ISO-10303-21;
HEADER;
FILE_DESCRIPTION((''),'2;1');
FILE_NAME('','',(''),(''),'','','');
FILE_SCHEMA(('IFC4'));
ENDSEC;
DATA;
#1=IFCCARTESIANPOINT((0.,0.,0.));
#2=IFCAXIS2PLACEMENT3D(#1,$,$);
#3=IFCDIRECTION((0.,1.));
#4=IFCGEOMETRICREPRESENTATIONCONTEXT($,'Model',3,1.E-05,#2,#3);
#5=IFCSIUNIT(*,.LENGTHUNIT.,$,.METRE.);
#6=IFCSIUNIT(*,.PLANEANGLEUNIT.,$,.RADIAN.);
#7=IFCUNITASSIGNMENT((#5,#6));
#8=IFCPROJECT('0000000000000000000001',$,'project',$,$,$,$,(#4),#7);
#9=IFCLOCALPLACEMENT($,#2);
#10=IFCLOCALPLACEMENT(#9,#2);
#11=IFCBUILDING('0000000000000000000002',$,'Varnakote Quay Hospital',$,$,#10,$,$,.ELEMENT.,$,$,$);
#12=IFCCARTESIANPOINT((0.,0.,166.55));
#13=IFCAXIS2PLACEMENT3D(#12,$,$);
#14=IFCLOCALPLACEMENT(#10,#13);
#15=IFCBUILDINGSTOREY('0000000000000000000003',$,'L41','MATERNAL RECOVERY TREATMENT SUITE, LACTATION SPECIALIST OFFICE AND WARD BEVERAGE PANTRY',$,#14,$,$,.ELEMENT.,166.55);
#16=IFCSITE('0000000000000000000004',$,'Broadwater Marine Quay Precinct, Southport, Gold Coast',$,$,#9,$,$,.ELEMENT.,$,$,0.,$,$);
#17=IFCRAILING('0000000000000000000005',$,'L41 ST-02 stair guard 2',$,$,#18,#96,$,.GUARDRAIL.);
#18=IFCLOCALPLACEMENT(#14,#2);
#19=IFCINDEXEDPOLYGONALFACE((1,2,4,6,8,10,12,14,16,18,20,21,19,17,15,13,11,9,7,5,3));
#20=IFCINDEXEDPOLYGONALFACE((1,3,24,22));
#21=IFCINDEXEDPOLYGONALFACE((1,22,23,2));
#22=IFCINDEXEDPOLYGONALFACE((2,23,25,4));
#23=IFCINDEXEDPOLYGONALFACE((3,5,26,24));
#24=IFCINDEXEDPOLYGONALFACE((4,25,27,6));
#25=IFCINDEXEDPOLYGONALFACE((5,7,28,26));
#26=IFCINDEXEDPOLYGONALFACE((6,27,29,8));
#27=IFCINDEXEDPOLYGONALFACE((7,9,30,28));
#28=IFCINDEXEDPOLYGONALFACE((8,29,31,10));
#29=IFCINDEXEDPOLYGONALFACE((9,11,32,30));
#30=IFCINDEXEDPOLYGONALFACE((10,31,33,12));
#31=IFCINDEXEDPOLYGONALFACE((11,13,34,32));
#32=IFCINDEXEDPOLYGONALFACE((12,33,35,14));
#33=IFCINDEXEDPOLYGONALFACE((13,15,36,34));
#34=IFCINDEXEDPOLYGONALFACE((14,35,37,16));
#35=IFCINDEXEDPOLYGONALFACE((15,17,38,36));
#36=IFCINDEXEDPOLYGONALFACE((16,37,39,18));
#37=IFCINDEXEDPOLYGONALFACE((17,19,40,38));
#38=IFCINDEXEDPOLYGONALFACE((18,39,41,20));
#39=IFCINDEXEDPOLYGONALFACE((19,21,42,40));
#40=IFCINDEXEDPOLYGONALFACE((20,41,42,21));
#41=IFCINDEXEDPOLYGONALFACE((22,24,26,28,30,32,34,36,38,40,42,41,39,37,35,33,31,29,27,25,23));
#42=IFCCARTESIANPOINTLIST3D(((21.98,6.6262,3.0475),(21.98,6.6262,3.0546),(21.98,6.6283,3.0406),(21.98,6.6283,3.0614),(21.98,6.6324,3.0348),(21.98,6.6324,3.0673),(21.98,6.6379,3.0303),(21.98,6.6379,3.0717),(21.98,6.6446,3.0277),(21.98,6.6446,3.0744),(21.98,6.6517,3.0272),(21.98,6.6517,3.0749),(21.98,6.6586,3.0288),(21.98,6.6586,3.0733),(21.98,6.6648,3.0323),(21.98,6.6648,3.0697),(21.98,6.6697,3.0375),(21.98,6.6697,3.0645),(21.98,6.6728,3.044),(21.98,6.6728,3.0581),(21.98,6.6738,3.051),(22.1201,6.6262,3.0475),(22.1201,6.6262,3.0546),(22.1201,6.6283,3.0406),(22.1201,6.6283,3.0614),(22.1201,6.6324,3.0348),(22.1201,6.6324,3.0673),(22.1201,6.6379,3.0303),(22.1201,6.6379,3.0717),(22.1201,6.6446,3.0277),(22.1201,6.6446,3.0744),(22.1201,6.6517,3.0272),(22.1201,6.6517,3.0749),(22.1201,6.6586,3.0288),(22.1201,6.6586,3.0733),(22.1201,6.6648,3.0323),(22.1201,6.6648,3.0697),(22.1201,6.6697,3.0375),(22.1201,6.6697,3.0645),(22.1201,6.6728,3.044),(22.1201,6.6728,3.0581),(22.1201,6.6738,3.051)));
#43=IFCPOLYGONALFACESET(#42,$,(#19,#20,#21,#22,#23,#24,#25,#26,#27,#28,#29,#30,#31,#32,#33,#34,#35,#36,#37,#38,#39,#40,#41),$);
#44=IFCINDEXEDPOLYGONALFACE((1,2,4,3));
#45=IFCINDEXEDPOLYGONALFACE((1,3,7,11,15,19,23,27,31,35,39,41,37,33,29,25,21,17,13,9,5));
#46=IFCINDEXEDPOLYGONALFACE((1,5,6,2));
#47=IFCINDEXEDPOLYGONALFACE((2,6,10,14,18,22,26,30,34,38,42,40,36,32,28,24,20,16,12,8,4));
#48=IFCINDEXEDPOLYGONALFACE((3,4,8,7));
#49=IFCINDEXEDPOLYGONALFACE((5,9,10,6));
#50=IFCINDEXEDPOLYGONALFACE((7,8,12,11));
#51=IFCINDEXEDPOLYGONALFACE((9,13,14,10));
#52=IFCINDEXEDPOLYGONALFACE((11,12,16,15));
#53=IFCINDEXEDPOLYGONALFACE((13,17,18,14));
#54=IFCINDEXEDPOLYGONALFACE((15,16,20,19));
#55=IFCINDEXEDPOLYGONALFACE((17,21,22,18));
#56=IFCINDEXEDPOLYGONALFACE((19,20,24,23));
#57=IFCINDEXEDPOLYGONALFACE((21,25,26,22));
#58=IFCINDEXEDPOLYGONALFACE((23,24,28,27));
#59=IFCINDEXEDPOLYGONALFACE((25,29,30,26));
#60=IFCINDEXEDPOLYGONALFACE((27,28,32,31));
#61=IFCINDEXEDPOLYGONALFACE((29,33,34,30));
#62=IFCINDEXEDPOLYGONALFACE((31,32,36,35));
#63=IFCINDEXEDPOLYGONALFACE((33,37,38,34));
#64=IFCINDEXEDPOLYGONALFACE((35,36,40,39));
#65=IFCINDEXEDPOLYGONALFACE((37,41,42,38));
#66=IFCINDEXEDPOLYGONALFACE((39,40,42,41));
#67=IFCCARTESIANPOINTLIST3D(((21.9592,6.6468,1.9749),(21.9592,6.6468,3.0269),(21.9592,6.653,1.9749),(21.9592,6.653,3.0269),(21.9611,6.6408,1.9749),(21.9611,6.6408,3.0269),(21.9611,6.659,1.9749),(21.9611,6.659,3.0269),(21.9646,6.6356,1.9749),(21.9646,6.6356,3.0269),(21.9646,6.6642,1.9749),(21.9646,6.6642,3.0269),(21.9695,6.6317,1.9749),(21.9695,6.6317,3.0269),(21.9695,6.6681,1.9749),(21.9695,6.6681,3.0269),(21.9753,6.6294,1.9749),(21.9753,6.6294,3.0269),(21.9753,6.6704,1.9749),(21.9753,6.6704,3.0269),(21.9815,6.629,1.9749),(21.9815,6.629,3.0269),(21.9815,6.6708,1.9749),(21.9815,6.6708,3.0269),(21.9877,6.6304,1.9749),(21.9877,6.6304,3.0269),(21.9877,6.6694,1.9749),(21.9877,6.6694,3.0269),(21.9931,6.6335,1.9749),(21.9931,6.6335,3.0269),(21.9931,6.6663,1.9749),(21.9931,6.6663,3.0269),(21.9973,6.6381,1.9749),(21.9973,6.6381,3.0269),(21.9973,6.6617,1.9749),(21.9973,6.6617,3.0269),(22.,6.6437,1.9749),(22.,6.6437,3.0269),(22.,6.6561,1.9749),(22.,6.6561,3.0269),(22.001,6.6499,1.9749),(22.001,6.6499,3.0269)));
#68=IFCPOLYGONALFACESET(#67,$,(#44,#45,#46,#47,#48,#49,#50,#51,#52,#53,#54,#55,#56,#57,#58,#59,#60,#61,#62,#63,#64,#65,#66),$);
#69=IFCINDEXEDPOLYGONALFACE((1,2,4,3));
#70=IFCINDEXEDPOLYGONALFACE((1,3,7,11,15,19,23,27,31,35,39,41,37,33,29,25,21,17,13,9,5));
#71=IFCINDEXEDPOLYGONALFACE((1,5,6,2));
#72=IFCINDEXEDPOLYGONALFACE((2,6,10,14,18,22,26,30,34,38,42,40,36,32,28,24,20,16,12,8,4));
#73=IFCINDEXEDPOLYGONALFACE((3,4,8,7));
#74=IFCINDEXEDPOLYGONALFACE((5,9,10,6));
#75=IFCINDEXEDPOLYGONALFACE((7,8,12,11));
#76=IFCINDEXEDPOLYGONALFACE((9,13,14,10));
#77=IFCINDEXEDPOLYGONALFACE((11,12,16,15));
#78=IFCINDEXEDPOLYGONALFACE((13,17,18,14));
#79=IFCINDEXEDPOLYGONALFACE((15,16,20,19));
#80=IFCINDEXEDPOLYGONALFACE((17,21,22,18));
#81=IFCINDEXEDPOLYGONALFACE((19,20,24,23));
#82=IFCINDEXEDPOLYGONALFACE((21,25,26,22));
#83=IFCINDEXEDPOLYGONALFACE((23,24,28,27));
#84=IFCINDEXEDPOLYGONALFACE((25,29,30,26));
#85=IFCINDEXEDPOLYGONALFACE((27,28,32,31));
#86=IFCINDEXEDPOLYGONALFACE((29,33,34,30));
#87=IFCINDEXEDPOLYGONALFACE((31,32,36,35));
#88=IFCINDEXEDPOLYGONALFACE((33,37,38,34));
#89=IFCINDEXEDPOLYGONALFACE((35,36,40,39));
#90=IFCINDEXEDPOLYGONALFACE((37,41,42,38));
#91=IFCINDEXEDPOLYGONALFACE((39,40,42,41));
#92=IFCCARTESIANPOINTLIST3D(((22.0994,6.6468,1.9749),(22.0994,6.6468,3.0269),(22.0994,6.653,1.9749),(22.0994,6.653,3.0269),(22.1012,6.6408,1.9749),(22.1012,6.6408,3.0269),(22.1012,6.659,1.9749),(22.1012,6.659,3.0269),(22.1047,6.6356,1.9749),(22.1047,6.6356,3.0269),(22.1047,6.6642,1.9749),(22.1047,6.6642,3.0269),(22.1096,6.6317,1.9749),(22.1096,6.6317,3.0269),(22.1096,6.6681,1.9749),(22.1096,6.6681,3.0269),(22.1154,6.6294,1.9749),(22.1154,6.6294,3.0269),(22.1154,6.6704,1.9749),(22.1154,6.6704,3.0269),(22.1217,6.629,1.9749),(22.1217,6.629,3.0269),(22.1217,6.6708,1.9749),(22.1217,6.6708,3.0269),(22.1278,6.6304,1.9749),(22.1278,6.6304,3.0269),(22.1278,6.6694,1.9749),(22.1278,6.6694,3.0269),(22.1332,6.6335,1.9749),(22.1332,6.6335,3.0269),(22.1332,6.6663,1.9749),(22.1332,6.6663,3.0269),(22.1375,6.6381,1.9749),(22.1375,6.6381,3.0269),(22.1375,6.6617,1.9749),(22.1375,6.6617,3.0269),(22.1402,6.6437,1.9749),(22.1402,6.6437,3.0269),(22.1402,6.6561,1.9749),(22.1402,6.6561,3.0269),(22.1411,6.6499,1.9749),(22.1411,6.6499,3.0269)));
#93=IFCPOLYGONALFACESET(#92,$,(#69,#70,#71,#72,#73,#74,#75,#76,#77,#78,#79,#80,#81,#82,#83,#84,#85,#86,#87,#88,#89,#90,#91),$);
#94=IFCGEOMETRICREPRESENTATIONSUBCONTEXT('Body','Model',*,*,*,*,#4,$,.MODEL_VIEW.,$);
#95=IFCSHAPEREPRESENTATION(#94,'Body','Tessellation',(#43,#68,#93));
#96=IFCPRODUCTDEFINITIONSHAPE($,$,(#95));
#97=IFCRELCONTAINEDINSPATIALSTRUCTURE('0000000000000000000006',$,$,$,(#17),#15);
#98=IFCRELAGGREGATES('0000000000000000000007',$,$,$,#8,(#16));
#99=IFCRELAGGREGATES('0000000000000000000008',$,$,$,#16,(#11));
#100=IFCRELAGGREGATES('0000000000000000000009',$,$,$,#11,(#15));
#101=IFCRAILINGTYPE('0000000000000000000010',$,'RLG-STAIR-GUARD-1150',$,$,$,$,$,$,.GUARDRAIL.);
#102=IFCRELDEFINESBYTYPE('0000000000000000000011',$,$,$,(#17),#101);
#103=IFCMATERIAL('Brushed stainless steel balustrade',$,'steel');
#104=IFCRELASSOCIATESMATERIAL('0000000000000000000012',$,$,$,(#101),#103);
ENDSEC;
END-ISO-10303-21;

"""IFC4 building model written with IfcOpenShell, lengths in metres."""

from ifc_helpers import new_model, si_unit, direction, frame, origin, origin_2d, place, context, subcontext, project, spatial, circle, extrude, material, type_object, element, save


model = new_model("IFC4")

# Units and contexts
model_context = context("Model", 3, precision=1e-05, world=origin(), true_north=direction((0.0, 1.0)))
body_context = subcontext(model_context, "Body", "Model", "MODEL_VIEW")
ifc_project = project(units=[si_unit("LENGTHUNIT", "METRE"), si_unit("PLANEANGLEUNIT", "RADIAN")], contexts=[model_context])

# Site, building, storey
site_placement = place(None, origin())
site = spatial("IfcSite", under=ifc_project, at=site_placement, Name="Broadwater Marine Quay Precinct, Southport, Gold Coast", CompositionType="ELEMENT", RefElevation=0.0)
building_placement = place(site_placement, origin())
building = spatial("IfcBuilding", under=site, at=building_placement, Name="Varnakote Quay Hospital", CompositionType="ELEMENT")
storey_placement = place(building_placement, frame((0.0, 0.0, 166.55)))
storey = spatial("IfcBuildingStorey", under=building, at=storey_placement, Name="L41", Description="MATERNAL RECOVERY TREATMENT SUITE, LACTATION SPECIALIST OFFICE AND WARD BEVERAGE PANTRY", CompositionType="ELEMENT", Elevation=166.55)

# Railing
ifc_material_1 = material(Name="Brushed stainless steel balustrade", Category="steel")
railing_type_1 = type_object("IfcRailingType", Name="RLG-STAIR-GUARD-1150", PredefinedType="GUARDRAIL", material=ifc_material_1)
railing_1_placement = place(storey_placement, frame((21.98, 6.6499, 1.9749)))
element("IfcRailing", 1, at=railing_1_placement, inside=storey, type_object=railing_type_1, Name="L41 ST-02 stair guard 2", PredefinedType="GUARDRAIL", context=body_context, shape_type="SweptSolid", body=[
    extrude(circle(Radius=0.0239, at=origin_2d()), frame((0.0, 0.0, 1.0762), z_axis=(1.0, 0.0, 0.0), x_axis=(0.0, 1.0, 0.0)), (0.0, 0.0, 1.0), 0.1401),
    extrude(circle(Radius=0.021, at=origin_2d()), origin(), (0.0, 0.0, 1.0), 1.052),
    extrude(circle(Radius=0.021, at=origin_2d()), frame((0.1401, 0.0, 0.0)), (0.0, 0.0, 1.0), 1.052),
])

save(model, "model.ifc")
